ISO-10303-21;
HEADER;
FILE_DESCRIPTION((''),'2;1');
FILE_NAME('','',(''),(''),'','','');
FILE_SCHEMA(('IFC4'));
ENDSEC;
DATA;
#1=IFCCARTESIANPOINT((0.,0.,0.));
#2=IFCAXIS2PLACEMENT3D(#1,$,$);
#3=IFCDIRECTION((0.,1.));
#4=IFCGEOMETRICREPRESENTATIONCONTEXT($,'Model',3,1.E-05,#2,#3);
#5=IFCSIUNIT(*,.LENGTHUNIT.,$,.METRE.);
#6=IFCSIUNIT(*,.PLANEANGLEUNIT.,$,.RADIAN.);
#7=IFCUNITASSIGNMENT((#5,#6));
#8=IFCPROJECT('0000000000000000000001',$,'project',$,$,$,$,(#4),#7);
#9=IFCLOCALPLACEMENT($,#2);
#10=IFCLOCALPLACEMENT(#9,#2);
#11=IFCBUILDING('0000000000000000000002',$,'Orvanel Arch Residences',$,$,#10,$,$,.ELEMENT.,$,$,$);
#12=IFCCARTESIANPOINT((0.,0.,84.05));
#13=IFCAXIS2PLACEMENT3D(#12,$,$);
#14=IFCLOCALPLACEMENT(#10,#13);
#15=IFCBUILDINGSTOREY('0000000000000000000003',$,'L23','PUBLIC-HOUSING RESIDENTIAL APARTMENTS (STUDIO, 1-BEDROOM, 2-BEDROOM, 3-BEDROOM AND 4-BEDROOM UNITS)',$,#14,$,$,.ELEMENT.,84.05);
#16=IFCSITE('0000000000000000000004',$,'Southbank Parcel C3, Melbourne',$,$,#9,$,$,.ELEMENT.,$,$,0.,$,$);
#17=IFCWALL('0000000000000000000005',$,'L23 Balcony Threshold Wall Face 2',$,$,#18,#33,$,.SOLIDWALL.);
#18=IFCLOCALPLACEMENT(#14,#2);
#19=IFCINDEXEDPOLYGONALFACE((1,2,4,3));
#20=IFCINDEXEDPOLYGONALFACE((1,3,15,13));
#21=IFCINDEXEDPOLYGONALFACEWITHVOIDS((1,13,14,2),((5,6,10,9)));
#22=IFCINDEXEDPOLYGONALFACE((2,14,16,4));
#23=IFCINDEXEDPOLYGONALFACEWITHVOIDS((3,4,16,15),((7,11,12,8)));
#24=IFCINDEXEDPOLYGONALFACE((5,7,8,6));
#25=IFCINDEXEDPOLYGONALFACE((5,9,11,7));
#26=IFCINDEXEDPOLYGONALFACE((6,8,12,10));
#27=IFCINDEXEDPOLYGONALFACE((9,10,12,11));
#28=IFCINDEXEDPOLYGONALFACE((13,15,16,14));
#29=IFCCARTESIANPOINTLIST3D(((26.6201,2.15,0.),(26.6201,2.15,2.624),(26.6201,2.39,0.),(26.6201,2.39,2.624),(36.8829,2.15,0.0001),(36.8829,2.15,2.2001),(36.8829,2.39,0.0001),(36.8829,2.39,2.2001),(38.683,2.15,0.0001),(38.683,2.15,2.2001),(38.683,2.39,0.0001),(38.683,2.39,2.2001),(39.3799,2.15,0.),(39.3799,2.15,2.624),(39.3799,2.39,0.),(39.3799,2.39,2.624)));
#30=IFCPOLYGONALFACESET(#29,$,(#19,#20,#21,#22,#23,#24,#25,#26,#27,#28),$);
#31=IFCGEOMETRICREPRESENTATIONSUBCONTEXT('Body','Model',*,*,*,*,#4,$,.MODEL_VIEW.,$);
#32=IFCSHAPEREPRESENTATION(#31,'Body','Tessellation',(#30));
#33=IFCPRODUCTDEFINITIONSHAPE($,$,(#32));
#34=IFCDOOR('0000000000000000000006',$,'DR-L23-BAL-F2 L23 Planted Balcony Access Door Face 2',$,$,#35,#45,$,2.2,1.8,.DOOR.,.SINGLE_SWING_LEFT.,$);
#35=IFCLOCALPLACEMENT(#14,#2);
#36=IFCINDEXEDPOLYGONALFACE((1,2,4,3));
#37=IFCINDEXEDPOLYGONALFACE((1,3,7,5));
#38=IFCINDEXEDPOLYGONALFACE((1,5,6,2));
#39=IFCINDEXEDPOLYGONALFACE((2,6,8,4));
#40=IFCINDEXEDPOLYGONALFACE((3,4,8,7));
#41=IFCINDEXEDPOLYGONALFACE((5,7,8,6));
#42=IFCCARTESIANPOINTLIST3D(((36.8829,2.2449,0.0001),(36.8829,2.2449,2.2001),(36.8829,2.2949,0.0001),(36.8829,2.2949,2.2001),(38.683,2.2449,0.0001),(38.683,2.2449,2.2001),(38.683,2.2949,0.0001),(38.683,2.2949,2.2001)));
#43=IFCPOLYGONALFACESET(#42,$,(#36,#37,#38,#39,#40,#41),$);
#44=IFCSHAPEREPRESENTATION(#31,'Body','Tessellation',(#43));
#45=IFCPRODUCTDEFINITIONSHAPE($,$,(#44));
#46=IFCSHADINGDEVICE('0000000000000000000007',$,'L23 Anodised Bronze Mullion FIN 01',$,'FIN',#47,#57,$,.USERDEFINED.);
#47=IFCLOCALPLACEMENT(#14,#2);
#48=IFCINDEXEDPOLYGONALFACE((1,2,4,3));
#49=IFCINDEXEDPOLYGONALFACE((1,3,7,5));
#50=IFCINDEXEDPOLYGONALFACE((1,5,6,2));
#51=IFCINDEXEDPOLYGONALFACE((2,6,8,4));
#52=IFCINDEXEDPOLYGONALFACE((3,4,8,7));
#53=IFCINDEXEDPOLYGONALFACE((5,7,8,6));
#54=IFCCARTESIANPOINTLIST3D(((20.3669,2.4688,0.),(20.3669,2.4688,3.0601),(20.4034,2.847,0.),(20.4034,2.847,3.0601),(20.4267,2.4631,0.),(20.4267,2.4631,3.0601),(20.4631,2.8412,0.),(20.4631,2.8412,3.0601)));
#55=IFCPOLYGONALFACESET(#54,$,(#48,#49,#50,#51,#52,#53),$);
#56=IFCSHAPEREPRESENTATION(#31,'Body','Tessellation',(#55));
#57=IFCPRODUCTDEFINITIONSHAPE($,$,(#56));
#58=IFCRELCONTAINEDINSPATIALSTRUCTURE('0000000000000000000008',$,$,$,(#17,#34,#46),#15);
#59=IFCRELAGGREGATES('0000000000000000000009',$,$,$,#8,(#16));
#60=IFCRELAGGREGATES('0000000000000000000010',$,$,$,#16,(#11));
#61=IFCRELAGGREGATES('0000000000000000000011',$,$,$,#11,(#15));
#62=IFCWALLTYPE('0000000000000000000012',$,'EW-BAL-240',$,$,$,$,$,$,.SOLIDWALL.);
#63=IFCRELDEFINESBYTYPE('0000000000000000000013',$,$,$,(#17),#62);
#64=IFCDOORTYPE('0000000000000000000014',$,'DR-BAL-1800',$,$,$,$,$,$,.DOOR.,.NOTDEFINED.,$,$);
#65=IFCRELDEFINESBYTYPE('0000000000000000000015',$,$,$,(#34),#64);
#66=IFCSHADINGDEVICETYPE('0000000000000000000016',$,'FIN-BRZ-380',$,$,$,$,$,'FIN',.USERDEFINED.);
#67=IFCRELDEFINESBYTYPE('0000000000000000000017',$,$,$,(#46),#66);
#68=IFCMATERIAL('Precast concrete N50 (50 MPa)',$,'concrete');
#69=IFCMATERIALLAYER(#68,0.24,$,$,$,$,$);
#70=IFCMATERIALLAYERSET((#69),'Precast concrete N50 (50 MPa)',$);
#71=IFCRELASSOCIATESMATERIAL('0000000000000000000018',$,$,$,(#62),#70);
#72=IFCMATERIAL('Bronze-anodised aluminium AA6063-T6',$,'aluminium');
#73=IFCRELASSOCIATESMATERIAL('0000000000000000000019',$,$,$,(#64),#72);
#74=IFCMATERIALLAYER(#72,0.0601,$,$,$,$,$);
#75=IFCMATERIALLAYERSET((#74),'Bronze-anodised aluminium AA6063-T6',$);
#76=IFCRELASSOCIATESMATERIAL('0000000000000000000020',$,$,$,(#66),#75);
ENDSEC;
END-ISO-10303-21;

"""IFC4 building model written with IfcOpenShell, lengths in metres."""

from ifc_helpers import new_model, si_unit, direction, frame, frame_2d, origin, origin_2d, place, context, subcontext, project, spatial, rectangle, extrude, material, layer, layer_set, type_object, element, fill, save


model = new_model("IFC4")

# Units and contexts
model_context = context("Model", 3, precision=1e-05, world=origin(), true_north=direction((0.0, 1.0)))
body_context = subcontext(model_context, "Body", "Model", "MODEL_VIEW")
ifc_project = project(units=[si_unit("LENGTHUNIT", "METRE"), si_unit("PLANEANGLEUNIT", "RADIAN")], contexts=[model_context])

# Site, building, storey
site_placement = place(None, origin())
site = spatial("IfcSite", under=ifc_project, at=site_placement, Name="Southbank Parcel C3, Melbourne", CompositionType="ELEMENT", RefElevation=0.0)
building_placement = place(site_placement, origin())
building = spatial("IfcBuilding", under=site, at=building_placement, Name="Orvanel Arch Residences", CompositionType="ELEMENT")
storey_placement = place(building_placement, frame((0.0, 0.0, 84.05)))
storey = spatial("IfcBuildingStorey", under=building, at=storey_placement, Name="L23", Description="PUBLIC-HOUSING RESIDENTIAL APARTMENTS (STUDIO, 1-BEDROOM, 2-BEDROOM, 3-BEDROOM AND 4-BEDROOM UNITS)", CompositionType="ELEMENT", Elevation=84.05)

# Shared definitions
ifc_material_1 = material(Name="Bronze-anodised aluminium AA6063-T6", Category="aluminium")

# Wall, opening, door
ifc_material_2 = material(Name="Precast concrete N50 (50 MPa)", Category="concrete")
ifc_layer_1 = layer(ifc_material_2, 0.24)
ifc_layer_set_1 = layer_set([ifc_layer_1], Name="Precast concrete N50 (50 MPa)")
wall_type = type_object("IfcWallType", Name="EW-BAL-240", PredefinedType="SOLIDWALL", material=ifc_layer_set_1)
wall_placement = place(storey_placement, frame((26.6201, 2.27, 0.0), z_axis=(0.0, 0.0, 1.0), x_axis=(1.0, 0.0, 0.0)))
wall = element("IfcWall", 1, at=wall_placement, inside=storey, type_object=wall_type, Name="L23 Balcony Threshold Wall Face 2", PredefinedType="SOLIDWALL", context=body_context, shape_type="SweptSolid", body=[
    extrude(rectangle(XDim=12.7598, YDim=0.24, at=frame_2d((6.3799, 0.0))), origin(), (0.0, 0.0, 1.0), 2.624),
])
opening_placement = place(wall_placement, frame((10.2629, 0.0, 0.0)))
opening = element("IfcOpeningElement", 2, at=opening_placement, cuts=wall, PredefinedType="OPENING", context=body_context, shape_type="SweptSolid", body=[
    extrude(rectangle(XDim=1.8, YDim=2.2, at=frame_2d((0.8999, 1.1001))), frame((0.0, 0.1299, 0.0), z_axis=(0.0, -1.0, 0.0), x_axis=(1.0, 0.0, 0.0)), (0.0, 0.0, 1.0), 0.26),
])
door_type = type_object("IfcDoorType", Name="DR-BAL-1800", OperationType="NOTDEFINED", PredefinedType="DOOR", material=ifc_material_1)
door_placement = place(opening_placement, origin())
door = element("IfcDoor", 3, at=door_placement, inside=storey, type_object=door_type, Name="DR-L23-BAL-F2 L23 Planted Balcony Access Door Face 2", OperationType="SINGLE_SWING_LEFT", OverallHeight=2.2, OverallWidth=1.8, PredefinedType="DOOR", context=body_context, shape_type="SweptSolid", body=[
    extrude(rectangle(XDim=1.8, YDim=2.2, at=frame_2d((0.8999, 1.1001))), frame((0.0, 0.0249, 0.0), z_axis=(0.0, -1.0, 0.0), x_axis=(1.0, 0.0, 0.0)), (0.0, 0.0, 1.0), 0.05),
])
fill(opening, door)

# Shading device
ifc_layer_2 = layer(ifc_material_1, 0.0601)
ifc_layer_set_2 = layer_set([ifc_layer_2], Name="Bronze-anodised aluminium AA6063-T6")
shading_device_type = type_object("IfcShadingDeviceType", Name="FIN-BRZ-380", ElementType="FIN", PredefinedType="USERDEFINED", material=ifc_layer_set_2)
shading_device_placement = place(storey_placement, frame((20.415, 2.655, 0.0), z_axis=(0.0, 0.0, 1.0), x_axis=(-0.095846, -0.995396, 0.0)))
element("IfcShadingDevice", 4, at=shading_device_placement, inside=storey, type_object=shading_device_type, Name="L23 Anodised Bronze Mullion FIN 01", ObjectType="FIN", PredefinedType="USERDEFINED", context=body_context, shape_type="SweptSolid", body=[
    extrude(rectangle(XDim=0.3799, YDim=0.0601, at=origin_2d()), origin(), (0.0, 0.0, 1.0), 3.0601),
])

save(model, "model.ifc")
